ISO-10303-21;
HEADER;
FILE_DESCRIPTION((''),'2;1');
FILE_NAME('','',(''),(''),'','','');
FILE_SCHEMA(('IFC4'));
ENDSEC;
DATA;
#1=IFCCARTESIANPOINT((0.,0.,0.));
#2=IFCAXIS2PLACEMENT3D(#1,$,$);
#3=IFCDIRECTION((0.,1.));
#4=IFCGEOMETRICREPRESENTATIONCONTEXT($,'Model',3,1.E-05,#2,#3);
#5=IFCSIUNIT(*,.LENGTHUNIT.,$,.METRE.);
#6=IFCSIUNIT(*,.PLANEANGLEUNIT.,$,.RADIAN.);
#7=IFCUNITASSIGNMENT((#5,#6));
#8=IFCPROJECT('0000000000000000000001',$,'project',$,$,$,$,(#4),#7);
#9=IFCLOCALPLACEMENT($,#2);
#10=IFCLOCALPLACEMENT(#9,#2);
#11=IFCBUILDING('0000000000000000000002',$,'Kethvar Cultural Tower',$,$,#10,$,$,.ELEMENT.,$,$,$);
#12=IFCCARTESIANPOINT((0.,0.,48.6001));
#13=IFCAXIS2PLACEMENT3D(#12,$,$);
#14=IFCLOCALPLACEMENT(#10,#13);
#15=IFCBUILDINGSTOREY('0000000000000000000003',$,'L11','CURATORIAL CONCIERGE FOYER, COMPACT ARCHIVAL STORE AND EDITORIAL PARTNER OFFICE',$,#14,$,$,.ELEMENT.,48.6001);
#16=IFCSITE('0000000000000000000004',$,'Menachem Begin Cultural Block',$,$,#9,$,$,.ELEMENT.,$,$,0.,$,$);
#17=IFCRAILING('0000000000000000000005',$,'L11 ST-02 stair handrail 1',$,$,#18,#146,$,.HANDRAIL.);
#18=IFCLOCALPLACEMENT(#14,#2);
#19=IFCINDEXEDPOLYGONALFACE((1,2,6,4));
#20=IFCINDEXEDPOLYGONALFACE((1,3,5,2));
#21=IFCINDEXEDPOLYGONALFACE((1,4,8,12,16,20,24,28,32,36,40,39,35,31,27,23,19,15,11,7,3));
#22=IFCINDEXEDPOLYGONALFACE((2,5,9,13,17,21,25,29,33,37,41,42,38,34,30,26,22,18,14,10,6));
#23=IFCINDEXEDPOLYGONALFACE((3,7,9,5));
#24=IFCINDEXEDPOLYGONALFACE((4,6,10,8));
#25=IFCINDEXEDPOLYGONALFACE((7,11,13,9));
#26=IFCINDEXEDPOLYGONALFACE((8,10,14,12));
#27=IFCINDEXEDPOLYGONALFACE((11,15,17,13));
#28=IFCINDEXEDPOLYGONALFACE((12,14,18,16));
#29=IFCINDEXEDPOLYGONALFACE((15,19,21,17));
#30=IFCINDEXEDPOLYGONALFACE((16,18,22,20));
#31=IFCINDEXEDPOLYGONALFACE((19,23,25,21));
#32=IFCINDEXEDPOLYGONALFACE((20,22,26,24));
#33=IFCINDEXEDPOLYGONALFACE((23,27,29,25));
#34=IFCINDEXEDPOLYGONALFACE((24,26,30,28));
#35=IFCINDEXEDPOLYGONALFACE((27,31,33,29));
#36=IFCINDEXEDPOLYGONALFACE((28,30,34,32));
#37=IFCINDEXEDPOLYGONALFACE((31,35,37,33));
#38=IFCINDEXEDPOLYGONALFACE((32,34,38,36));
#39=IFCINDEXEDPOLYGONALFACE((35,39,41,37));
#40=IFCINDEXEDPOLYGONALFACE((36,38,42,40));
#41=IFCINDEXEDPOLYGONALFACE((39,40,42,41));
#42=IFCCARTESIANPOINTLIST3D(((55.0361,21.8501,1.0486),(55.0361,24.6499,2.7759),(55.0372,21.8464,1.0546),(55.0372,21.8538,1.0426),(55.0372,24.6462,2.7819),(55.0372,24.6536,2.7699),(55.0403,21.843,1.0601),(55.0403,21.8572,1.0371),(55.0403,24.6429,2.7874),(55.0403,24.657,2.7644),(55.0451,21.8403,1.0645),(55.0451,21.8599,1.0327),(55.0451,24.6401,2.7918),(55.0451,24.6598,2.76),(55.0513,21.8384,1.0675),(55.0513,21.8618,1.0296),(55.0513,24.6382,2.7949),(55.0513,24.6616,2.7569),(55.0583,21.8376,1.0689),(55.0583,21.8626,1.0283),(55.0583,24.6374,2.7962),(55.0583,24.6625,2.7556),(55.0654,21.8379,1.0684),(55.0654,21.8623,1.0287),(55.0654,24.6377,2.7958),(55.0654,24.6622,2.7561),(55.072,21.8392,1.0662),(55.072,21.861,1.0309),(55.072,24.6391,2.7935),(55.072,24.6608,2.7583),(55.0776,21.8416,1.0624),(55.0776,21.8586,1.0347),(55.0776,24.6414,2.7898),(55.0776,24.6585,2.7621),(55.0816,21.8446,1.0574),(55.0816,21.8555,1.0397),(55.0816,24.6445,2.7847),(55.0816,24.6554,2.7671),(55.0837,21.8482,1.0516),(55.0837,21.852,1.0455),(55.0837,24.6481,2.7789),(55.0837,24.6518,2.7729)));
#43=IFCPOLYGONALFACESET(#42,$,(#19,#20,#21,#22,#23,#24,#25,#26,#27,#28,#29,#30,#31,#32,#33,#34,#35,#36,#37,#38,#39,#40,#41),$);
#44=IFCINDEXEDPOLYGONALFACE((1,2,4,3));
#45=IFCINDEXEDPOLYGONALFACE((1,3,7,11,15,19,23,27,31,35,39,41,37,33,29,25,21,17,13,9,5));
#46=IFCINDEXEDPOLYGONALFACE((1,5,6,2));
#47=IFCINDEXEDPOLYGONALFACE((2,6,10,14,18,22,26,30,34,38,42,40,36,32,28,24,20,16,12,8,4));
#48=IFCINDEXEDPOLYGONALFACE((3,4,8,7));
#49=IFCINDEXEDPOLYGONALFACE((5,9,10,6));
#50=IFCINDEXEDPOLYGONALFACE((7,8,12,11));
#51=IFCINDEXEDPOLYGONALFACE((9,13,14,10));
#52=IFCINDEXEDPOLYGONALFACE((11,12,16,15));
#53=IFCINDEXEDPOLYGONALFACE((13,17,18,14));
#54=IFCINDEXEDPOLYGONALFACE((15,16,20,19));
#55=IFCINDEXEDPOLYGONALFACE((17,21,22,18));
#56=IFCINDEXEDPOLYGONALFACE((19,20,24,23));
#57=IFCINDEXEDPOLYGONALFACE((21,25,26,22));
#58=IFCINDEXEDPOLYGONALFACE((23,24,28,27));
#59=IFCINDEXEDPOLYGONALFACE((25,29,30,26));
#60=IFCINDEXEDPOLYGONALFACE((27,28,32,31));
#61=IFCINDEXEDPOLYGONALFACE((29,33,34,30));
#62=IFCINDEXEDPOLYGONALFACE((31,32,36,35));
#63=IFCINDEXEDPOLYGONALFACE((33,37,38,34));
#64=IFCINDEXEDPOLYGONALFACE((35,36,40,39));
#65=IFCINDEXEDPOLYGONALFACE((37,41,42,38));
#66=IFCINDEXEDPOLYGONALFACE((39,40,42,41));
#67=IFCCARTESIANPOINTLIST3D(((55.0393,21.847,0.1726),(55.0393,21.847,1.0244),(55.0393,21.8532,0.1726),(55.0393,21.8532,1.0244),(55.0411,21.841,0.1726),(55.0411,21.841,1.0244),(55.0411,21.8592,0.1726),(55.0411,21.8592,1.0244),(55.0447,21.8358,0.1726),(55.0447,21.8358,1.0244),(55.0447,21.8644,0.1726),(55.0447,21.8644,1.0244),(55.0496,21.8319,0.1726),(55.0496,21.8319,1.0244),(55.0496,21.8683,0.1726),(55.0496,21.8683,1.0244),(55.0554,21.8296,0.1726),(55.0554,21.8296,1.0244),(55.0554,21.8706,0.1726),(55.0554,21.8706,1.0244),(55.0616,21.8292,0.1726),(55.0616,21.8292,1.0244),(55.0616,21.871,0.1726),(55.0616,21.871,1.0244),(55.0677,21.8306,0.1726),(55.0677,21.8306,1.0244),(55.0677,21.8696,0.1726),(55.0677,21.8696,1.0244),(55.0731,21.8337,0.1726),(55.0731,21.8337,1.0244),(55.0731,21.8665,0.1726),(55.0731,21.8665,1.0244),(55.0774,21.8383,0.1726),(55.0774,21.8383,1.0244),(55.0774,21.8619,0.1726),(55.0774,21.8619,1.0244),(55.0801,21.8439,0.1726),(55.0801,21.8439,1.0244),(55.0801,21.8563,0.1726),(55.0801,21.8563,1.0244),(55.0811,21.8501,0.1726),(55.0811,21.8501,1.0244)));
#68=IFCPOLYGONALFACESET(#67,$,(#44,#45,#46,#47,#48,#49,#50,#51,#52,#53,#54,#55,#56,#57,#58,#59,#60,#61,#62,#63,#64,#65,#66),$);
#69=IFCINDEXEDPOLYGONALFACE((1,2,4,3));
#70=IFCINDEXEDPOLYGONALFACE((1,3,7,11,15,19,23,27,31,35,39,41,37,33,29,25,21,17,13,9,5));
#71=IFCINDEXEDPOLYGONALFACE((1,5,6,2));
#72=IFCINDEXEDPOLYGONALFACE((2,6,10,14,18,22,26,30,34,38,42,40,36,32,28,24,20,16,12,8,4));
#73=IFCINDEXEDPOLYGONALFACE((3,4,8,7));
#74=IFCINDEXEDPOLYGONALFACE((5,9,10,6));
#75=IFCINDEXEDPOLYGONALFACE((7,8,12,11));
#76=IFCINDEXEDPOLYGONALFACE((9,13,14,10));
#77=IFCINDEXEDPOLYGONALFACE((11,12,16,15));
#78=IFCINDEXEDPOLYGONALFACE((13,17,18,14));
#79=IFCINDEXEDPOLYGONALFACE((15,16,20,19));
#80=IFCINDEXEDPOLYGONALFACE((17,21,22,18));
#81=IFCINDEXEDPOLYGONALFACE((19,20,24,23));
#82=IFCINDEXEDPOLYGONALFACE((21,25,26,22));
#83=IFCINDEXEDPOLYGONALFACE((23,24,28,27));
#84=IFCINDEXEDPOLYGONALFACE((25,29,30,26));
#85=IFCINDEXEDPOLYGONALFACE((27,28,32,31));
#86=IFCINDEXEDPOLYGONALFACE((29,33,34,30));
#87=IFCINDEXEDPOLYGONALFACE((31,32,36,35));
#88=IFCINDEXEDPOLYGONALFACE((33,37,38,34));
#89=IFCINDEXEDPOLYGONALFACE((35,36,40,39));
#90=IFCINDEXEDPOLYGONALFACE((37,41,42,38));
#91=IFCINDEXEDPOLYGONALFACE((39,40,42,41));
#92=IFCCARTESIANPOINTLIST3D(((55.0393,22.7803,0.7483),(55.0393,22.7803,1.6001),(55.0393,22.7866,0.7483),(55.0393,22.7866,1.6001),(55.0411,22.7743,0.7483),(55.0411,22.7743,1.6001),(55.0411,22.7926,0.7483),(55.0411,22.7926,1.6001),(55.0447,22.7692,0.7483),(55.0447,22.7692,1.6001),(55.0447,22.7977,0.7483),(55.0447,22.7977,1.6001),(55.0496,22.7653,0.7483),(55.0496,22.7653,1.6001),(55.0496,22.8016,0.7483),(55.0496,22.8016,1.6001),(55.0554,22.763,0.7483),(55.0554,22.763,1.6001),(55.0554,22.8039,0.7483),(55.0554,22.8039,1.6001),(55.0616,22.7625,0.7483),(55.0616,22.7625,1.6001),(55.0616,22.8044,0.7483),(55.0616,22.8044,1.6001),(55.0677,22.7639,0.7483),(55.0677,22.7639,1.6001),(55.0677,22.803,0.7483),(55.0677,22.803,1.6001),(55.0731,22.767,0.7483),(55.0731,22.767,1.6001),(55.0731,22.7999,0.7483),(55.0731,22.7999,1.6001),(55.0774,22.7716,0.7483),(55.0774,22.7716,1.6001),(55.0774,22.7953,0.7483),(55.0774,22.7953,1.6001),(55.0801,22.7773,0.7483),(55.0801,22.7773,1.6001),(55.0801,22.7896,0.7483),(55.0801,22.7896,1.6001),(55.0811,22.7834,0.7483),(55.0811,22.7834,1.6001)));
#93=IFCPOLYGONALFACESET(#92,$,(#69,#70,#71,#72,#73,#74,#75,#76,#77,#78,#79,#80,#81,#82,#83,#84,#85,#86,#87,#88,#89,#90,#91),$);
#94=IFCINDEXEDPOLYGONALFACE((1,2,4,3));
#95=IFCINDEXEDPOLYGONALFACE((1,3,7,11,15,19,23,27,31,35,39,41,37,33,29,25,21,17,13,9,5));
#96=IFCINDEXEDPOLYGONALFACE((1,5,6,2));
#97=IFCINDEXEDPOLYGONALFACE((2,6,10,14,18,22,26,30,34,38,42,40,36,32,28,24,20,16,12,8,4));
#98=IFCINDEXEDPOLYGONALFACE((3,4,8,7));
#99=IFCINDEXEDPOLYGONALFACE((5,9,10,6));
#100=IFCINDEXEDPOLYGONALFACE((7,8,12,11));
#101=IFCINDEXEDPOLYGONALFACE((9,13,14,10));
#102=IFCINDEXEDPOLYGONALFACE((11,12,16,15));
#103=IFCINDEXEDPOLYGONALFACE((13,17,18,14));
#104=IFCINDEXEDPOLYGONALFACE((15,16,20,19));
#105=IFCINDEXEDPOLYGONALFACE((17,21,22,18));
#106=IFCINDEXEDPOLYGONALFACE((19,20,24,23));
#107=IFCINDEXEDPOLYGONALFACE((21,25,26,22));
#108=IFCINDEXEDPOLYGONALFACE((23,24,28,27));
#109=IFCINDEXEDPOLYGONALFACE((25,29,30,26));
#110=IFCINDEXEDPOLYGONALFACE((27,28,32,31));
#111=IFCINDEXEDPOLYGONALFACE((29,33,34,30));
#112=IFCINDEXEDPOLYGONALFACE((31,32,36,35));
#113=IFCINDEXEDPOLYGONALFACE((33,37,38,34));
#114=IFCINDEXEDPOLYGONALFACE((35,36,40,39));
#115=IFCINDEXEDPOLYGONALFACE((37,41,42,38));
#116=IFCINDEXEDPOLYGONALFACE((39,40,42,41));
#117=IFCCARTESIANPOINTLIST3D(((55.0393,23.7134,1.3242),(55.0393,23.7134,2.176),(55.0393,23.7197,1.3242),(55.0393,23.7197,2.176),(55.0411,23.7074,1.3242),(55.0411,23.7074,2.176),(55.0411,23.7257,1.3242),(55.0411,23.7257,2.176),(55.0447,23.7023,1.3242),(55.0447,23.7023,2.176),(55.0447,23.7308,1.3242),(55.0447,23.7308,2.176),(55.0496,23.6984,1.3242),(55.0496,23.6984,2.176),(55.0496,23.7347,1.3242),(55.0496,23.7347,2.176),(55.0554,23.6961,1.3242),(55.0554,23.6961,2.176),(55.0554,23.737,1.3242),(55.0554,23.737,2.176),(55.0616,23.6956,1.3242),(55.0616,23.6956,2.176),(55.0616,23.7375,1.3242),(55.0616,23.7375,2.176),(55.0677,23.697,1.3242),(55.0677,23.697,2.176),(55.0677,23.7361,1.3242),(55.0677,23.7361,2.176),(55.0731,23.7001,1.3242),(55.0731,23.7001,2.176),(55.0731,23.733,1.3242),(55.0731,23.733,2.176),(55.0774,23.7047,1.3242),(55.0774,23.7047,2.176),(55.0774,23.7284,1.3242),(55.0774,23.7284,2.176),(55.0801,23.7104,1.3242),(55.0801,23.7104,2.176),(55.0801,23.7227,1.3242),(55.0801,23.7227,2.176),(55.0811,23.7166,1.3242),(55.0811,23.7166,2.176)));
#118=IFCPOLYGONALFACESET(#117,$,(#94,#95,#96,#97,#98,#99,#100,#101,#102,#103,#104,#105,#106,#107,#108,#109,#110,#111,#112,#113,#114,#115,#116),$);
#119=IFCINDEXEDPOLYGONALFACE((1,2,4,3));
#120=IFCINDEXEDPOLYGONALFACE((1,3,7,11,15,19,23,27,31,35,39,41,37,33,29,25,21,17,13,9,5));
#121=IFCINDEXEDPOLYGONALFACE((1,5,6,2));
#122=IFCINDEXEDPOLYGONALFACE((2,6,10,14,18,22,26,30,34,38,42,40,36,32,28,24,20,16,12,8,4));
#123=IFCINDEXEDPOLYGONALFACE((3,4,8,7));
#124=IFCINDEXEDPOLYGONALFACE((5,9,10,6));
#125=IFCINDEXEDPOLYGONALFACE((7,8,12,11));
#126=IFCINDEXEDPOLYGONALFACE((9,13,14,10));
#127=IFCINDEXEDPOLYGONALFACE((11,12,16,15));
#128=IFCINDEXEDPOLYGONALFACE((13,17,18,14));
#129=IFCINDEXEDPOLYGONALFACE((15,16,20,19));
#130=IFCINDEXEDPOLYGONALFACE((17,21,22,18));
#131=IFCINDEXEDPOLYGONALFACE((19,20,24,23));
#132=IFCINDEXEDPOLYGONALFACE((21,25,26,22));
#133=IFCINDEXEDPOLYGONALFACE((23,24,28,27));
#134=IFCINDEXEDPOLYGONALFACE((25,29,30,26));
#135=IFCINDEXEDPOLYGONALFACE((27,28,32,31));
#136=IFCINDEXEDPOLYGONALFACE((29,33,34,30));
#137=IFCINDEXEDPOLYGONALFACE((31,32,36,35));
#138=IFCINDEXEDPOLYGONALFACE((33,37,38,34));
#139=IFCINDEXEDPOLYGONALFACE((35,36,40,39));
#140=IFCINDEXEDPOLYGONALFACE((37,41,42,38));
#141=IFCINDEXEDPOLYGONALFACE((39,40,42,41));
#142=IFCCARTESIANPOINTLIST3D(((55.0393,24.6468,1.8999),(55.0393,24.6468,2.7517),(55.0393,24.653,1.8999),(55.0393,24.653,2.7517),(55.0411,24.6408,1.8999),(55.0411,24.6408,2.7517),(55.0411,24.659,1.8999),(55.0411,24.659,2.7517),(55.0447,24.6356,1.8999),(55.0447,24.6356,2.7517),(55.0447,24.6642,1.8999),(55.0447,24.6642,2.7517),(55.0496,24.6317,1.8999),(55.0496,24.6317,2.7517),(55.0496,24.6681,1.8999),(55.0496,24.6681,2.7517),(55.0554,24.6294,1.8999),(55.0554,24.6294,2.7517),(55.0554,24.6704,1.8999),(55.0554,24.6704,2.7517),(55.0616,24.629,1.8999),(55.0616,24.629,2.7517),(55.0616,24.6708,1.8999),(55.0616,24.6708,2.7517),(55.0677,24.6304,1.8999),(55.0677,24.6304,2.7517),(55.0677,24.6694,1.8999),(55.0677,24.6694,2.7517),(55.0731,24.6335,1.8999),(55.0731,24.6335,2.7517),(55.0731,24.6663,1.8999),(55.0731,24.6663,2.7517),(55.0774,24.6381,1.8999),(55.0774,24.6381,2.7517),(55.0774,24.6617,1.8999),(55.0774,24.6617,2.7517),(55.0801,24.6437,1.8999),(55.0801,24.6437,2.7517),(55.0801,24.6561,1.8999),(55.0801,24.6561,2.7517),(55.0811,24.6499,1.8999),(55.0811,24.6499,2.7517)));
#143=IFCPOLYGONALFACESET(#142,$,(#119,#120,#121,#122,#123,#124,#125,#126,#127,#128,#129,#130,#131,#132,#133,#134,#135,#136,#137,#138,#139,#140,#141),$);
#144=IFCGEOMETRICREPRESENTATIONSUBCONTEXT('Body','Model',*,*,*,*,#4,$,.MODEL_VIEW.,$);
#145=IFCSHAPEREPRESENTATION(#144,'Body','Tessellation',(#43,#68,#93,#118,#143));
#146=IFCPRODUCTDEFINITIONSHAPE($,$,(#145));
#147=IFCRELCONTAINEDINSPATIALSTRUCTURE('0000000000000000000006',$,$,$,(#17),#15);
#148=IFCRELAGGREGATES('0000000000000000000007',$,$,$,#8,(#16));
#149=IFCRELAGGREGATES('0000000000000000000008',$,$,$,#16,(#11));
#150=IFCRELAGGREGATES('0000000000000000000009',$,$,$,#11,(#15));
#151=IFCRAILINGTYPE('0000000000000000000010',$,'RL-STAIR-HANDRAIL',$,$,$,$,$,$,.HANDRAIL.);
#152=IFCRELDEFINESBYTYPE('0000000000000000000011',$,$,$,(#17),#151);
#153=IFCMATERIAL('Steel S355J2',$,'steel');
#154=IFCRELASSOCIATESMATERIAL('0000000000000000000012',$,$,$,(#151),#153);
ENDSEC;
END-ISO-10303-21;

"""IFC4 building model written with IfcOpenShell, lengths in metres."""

from ifc_helpers import new_model, si_unit, direction, frame, origin, origin_2d, place, context, subcontext, project, spatial, circle, extrude, material, type_object, element, save


model = new_model("IFC4")

# Units and contexts
model_context = context("Model", 3, precision=1e-05, world=origin(), true_north=direction((0.0, 1.0)))
body_context = subcontext(model_context, "Body", "Model", "MODEL_VIEW")
ifc_project = project(units=[si_unit("LENGTHUNIT", "METRE"), si_unit("PLANEANGLEUNIT", "RADIAN")], contexts=[model_context])

# Site, building, storey
site_placement = place(None, origin())
site = spatial("IfcSite", under=ifc_project, at=site_placement, Name="Menachem Begin Cultural Block", CompositionType="ELEMENT", RefElevation=0.0)
building_placement = place(site_placement, origin())
building = spatial("IfcBuilding", under=site, at=building_placement, Name="Kethvar Cultural Tower", CompositionType="ELEMENT")
storey_placement = place(building_placement, frame((0.0, 0.0, 48.6001)))
storey = spatial("IfcBuildingStorey", under=building, at=storey_placement, Name="L11", Description="CURATORIAL CONCIERGE FOYER, COMPACT ARCHIVAL STORE AND EDITORIAL PARTNER OFFICE", CompositionType="ELEMENT", Elevation=48.6001)

# Shared definitions
ifc_material_1 = material(Name="Steel S355J2", Category="steel")

# Railing
railing_type_1 = type_object("IfcRailingType", Name="RL-STAIR-HANDRAIL", PredefinedType="HANDRAIL", material=ifc_material_1)
railing_1_placement = place(storey_placement, frame((55.0601, 21.8501, 0.1726)))
element("IfcRailing", 1, at=railing_1_placement, inside=storey, type_object=railing_type_1, Name="L11 ST-02 stair handrail 1", PredefinedType="HANDRAIL", context=body_context, shape_type="SweptSolid", body=[
    extrude(circle(Radius=0.0239, at=origin_2d()), frame((0.0, 0.0, 0.876), z_axis=(0.0, 0.851069, 0.525054), x_axis=(-1.0, 0.0, 0.0)), (0.0, 0.0, 1.0), 3.2898),
    extrude(circle(Radius=0.021, at=origin_2d()), origin(), (0.0, 0.0, 1.0), 0.8518),
    extrude(circle(Radius=0.021, at=origin_2d()), frame((0.0, 0.9333, 0.5757)), (0.0, 0.0, 1.0), 0.8518),
    extrude(circle(Radius=0.021, at=origin_2d()), frame((0.0, 1.8665, 1.1516)), (0.0, 0.0, 1.0), 0.8518),
    extrude(circle(Radius=0.021, at=origin_2d()), frame((0.0, 2.7998, 1.7273)), (0.0, 0.0, 1.0), 0.8518),
])

save(model, "model.ifc")
